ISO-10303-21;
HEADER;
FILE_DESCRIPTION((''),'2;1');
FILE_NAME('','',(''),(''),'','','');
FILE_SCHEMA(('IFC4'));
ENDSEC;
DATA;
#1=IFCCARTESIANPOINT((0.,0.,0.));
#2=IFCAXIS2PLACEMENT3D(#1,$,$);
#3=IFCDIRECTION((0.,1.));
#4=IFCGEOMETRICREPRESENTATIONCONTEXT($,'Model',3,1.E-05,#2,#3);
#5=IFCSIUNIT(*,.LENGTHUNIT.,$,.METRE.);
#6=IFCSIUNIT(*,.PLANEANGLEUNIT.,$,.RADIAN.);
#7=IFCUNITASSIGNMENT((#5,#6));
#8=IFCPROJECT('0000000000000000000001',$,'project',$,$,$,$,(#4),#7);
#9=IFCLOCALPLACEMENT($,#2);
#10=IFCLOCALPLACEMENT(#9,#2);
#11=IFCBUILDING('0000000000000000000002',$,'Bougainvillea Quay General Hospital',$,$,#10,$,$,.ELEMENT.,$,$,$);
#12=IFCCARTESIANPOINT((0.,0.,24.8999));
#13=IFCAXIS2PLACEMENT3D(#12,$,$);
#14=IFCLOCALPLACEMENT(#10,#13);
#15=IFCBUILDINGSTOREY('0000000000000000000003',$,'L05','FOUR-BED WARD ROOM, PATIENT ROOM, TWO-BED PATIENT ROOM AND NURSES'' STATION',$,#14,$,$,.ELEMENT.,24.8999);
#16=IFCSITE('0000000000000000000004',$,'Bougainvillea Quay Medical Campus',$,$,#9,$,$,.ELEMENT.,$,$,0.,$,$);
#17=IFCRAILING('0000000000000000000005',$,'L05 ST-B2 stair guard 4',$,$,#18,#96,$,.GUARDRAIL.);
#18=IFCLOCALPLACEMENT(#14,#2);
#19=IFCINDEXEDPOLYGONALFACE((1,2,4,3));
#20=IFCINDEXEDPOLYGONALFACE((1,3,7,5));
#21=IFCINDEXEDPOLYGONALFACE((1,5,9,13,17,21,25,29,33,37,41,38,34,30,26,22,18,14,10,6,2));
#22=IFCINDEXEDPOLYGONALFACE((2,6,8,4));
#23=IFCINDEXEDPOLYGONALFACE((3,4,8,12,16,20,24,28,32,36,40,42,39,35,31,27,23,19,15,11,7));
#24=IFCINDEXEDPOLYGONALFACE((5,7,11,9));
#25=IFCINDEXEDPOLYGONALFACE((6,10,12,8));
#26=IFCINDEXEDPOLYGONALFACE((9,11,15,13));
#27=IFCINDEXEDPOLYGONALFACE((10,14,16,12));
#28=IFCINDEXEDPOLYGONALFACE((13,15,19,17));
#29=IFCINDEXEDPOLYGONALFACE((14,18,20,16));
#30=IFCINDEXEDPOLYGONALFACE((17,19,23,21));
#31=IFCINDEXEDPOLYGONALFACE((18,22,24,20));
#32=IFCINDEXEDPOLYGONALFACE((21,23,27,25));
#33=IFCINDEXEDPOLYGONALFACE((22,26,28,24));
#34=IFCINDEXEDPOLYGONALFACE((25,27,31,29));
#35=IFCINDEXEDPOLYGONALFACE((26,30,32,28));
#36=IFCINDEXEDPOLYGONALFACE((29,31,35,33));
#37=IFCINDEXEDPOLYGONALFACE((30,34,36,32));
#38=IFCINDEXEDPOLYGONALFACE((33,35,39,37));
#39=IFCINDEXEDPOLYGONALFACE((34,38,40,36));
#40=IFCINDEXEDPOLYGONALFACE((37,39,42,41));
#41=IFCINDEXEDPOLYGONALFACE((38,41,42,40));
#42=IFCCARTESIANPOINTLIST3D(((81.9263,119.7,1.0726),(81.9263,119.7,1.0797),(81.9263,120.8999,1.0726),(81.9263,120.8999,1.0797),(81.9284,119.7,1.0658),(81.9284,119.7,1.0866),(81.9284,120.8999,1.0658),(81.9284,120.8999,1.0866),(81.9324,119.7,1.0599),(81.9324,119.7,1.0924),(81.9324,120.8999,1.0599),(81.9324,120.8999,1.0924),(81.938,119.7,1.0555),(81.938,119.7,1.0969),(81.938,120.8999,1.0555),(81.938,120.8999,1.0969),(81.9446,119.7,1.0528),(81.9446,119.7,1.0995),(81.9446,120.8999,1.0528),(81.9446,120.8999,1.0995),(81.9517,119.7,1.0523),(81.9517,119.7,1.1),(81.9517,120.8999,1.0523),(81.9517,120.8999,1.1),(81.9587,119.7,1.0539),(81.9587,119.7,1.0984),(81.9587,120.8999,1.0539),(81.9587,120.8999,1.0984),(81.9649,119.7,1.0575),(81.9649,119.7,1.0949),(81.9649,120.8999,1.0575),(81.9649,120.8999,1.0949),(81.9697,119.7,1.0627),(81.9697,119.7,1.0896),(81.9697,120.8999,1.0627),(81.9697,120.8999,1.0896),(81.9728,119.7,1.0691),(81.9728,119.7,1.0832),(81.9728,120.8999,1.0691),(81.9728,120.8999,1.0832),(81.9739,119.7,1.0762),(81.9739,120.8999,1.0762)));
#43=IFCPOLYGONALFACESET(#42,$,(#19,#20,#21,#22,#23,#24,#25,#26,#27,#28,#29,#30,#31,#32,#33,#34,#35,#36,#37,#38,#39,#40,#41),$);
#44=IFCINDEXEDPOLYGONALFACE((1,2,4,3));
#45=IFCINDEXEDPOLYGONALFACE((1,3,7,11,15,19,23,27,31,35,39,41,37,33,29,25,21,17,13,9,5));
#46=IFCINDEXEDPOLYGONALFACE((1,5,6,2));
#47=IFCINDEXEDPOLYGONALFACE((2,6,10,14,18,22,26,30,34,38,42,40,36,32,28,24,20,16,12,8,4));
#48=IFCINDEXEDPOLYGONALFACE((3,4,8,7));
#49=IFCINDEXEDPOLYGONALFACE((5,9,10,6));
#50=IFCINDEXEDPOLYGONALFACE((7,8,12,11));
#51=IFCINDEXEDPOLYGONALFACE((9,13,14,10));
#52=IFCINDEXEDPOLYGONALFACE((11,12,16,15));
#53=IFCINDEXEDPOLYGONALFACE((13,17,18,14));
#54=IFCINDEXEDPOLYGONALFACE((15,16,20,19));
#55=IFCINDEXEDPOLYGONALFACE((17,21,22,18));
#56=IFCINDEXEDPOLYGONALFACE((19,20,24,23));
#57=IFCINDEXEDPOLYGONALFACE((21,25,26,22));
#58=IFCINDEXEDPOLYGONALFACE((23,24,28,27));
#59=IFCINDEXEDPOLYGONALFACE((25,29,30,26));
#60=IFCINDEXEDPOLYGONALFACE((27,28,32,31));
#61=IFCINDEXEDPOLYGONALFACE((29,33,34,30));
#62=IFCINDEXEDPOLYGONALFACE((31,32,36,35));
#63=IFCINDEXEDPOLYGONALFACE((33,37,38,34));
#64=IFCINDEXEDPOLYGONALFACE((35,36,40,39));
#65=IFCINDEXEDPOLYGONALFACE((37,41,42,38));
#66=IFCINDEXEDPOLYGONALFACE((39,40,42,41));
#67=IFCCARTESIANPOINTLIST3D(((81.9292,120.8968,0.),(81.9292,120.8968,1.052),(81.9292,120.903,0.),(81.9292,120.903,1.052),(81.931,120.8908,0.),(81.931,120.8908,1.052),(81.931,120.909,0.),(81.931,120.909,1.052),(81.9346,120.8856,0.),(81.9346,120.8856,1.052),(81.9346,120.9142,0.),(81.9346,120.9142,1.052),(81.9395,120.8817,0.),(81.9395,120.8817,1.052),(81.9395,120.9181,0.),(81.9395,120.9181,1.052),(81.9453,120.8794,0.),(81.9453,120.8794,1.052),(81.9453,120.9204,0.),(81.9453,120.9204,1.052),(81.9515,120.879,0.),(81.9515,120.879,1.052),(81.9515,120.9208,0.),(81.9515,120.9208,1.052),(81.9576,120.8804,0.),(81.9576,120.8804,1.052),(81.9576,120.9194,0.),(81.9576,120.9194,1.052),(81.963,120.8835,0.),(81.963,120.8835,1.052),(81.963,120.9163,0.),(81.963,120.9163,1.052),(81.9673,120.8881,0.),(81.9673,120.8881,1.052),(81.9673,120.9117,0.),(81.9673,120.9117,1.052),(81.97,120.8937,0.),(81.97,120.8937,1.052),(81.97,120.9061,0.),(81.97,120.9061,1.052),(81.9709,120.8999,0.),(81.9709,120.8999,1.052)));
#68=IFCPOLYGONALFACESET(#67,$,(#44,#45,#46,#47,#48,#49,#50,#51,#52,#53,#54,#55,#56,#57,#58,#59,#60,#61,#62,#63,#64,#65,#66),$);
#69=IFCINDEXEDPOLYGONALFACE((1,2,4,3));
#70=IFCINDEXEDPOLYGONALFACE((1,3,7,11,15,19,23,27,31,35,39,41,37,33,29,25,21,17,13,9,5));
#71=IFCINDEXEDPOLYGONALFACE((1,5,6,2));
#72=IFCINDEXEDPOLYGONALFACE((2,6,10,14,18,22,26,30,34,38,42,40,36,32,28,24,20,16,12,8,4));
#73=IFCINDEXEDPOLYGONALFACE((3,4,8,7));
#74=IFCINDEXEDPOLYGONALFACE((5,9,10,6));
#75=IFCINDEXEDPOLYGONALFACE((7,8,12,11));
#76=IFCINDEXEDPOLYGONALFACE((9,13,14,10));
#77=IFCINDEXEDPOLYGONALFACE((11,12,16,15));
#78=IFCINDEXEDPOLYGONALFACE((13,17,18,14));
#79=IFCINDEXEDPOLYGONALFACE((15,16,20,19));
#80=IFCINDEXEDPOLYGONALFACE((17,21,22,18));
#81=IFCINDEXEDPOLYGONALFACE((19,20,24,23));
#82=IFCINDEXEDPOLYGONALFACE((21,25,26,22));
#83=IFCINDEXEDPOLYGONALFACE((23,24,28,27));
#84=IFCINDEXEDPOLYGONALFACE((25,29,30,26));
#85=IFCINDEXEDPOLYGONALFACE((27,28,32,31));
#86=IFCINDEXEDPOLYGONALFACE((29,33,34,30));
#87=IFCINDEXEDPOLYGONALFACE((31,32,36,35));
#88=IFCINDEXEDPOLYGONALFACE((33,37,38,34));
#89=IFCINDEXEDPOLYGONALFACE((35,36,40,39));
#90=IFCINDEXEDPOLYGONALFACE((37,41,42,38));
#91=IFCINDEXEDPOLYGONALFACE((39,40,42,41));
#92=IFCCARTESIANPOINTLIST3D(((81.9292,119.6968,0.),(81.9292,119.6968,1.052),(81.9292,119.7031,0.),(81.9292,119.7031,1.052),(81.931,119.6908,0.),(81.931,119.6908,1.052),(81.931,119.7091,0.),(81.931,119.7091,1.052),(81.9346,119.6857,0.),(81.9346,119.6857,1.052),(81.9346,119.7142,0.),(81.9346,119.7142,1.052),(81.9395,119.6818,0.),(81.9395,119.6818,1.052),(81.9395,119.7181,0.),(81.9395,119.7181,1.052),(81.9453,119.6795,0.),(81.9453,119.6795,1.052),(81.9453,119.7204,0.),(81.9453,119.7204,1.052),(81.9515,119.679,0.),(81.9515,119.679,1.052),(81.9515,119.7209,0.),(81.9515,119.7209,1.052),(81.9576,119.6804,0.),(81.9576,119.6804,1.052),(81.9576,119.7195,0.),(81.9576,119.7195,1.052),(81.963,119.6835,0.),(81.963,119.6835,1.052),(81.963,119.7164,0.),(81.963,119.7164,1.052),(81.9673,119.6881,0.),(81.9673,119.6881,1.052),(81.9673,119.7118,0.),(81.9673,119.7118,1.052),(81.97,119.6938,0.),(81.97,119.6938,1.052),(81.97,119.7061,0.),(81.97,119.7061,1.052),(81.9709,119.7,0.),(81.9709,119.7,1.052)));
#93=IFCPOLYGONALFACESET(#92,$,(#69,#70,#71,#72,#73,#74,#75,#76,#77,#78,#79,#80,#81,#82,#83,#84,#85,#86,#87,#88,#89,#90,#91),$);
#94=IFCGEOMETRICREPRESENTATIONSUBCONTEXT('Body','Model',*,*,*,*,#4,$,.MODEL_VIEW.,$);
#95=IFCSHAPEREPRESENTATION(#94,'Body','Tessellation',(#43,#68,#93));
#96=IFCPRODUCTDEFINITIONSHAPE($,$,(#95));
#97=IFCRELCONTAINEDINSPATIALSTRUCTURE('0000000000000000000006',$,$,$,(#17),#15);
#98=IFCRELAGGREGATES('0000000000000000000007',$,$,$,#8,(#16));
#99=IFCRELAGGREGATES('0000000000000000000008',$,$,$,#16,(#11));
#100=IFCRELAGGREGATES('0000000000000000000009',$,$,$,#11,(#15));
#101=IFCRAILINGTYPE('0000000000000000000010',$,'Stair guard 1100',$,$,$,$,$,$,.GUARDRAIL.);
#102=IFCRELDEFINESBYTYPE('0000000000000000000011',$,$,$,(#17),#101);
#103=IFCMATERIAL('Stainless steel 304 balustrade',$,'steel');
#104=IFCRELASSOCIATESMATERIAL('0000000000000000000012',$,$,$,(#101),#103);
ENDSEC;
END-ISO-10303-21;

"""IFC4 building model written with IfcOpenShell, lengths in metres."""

from ifc_helpers import new_model, si_unit, direction, frame, origin, origin_2d, place, context, subcontext, project, spatial, circle, extrude, material, type_object, element, save


model = new_model("IFC4")

# Units and contexts
model_context = context("Model", 3, precision=1e-05, world=origin(), true_north=direction((0.0, 1.0)))
body_context = subcontext(model_context, "Body", "Model", "MODEL_VIEW")
ifc_project = project(units=[si_unit("LENGTHUNIT", "METRE"), si_unit("PLANEANGLEUNIT", "RADIAN")], contexts=[model_context])

# Site, building, storey
site_placement = place(None, origin())
site = spatial("IfcSite", under=ifc_project, at=site_placement, Name="Bougainvillea Quay Medical Campus", CompositionType="ELEMENT", RefElevation=0.0)
building_placement = place(site_placement, origin())
building = spatial("IfcBuilding", under=site, at=building_placement, Name="Bougainvillea Quay General Hospital", CompositionType="ELEMENT")
storey_placement = place(building_placement, frame((0.0, 0.0, 24.8999)))
storey = spatial("IfcBuildingStorey", under=building, at=storey_placement, Name="L05", Description="FOUR-BED WARD ROOM, PATIENT ROOM, TWO-BED PATIENT ROOM AND NURSES' STATION", CompositionType="ELEMENT", Elevation=24.8999)

# Railing
ifc_material_1 = material(Name="Stainless steel 304 balustrade", Category="steel")
railing_type_1 = type_object("IfcRailingType", Name="Stair guard 1100", PredefinedType="GUARDRAIL", material=ifc_material_1)
railing_1_placement = place(storey_placement, frame((81.95, 120.8999, 0.0)))
element("IfcRailing", 1, at=railing_1_placement, inside=storey, type_object=railing_type_1, Name="L05 ST-B2 stair guard 4", PredefinedType="GUARDRAIL", context=body_context, shape_type="SweptSolid", body=[
    extrude(circle(Radius=0.0239, at=origin_2d()), frame((0.0, 0.0, 1.0762), z_axis=(0.0, -1.0, 0.0), x_axis=(1.0, 0.0, 0.0)), (0.0, 0.0, 1.0), 1.2),
    extrude(circle(Radius=0.021, at=origin_2d()), origin(), (0.0, 0.0, 1.0), 1.052),
    extrude(circle(Radius=0.021, at=origin_2d()), frame((0.0, -1.2, 0.0)), (0.0, 0.0, 1.0), 1.052),
])

save(model, "model.ifc")
